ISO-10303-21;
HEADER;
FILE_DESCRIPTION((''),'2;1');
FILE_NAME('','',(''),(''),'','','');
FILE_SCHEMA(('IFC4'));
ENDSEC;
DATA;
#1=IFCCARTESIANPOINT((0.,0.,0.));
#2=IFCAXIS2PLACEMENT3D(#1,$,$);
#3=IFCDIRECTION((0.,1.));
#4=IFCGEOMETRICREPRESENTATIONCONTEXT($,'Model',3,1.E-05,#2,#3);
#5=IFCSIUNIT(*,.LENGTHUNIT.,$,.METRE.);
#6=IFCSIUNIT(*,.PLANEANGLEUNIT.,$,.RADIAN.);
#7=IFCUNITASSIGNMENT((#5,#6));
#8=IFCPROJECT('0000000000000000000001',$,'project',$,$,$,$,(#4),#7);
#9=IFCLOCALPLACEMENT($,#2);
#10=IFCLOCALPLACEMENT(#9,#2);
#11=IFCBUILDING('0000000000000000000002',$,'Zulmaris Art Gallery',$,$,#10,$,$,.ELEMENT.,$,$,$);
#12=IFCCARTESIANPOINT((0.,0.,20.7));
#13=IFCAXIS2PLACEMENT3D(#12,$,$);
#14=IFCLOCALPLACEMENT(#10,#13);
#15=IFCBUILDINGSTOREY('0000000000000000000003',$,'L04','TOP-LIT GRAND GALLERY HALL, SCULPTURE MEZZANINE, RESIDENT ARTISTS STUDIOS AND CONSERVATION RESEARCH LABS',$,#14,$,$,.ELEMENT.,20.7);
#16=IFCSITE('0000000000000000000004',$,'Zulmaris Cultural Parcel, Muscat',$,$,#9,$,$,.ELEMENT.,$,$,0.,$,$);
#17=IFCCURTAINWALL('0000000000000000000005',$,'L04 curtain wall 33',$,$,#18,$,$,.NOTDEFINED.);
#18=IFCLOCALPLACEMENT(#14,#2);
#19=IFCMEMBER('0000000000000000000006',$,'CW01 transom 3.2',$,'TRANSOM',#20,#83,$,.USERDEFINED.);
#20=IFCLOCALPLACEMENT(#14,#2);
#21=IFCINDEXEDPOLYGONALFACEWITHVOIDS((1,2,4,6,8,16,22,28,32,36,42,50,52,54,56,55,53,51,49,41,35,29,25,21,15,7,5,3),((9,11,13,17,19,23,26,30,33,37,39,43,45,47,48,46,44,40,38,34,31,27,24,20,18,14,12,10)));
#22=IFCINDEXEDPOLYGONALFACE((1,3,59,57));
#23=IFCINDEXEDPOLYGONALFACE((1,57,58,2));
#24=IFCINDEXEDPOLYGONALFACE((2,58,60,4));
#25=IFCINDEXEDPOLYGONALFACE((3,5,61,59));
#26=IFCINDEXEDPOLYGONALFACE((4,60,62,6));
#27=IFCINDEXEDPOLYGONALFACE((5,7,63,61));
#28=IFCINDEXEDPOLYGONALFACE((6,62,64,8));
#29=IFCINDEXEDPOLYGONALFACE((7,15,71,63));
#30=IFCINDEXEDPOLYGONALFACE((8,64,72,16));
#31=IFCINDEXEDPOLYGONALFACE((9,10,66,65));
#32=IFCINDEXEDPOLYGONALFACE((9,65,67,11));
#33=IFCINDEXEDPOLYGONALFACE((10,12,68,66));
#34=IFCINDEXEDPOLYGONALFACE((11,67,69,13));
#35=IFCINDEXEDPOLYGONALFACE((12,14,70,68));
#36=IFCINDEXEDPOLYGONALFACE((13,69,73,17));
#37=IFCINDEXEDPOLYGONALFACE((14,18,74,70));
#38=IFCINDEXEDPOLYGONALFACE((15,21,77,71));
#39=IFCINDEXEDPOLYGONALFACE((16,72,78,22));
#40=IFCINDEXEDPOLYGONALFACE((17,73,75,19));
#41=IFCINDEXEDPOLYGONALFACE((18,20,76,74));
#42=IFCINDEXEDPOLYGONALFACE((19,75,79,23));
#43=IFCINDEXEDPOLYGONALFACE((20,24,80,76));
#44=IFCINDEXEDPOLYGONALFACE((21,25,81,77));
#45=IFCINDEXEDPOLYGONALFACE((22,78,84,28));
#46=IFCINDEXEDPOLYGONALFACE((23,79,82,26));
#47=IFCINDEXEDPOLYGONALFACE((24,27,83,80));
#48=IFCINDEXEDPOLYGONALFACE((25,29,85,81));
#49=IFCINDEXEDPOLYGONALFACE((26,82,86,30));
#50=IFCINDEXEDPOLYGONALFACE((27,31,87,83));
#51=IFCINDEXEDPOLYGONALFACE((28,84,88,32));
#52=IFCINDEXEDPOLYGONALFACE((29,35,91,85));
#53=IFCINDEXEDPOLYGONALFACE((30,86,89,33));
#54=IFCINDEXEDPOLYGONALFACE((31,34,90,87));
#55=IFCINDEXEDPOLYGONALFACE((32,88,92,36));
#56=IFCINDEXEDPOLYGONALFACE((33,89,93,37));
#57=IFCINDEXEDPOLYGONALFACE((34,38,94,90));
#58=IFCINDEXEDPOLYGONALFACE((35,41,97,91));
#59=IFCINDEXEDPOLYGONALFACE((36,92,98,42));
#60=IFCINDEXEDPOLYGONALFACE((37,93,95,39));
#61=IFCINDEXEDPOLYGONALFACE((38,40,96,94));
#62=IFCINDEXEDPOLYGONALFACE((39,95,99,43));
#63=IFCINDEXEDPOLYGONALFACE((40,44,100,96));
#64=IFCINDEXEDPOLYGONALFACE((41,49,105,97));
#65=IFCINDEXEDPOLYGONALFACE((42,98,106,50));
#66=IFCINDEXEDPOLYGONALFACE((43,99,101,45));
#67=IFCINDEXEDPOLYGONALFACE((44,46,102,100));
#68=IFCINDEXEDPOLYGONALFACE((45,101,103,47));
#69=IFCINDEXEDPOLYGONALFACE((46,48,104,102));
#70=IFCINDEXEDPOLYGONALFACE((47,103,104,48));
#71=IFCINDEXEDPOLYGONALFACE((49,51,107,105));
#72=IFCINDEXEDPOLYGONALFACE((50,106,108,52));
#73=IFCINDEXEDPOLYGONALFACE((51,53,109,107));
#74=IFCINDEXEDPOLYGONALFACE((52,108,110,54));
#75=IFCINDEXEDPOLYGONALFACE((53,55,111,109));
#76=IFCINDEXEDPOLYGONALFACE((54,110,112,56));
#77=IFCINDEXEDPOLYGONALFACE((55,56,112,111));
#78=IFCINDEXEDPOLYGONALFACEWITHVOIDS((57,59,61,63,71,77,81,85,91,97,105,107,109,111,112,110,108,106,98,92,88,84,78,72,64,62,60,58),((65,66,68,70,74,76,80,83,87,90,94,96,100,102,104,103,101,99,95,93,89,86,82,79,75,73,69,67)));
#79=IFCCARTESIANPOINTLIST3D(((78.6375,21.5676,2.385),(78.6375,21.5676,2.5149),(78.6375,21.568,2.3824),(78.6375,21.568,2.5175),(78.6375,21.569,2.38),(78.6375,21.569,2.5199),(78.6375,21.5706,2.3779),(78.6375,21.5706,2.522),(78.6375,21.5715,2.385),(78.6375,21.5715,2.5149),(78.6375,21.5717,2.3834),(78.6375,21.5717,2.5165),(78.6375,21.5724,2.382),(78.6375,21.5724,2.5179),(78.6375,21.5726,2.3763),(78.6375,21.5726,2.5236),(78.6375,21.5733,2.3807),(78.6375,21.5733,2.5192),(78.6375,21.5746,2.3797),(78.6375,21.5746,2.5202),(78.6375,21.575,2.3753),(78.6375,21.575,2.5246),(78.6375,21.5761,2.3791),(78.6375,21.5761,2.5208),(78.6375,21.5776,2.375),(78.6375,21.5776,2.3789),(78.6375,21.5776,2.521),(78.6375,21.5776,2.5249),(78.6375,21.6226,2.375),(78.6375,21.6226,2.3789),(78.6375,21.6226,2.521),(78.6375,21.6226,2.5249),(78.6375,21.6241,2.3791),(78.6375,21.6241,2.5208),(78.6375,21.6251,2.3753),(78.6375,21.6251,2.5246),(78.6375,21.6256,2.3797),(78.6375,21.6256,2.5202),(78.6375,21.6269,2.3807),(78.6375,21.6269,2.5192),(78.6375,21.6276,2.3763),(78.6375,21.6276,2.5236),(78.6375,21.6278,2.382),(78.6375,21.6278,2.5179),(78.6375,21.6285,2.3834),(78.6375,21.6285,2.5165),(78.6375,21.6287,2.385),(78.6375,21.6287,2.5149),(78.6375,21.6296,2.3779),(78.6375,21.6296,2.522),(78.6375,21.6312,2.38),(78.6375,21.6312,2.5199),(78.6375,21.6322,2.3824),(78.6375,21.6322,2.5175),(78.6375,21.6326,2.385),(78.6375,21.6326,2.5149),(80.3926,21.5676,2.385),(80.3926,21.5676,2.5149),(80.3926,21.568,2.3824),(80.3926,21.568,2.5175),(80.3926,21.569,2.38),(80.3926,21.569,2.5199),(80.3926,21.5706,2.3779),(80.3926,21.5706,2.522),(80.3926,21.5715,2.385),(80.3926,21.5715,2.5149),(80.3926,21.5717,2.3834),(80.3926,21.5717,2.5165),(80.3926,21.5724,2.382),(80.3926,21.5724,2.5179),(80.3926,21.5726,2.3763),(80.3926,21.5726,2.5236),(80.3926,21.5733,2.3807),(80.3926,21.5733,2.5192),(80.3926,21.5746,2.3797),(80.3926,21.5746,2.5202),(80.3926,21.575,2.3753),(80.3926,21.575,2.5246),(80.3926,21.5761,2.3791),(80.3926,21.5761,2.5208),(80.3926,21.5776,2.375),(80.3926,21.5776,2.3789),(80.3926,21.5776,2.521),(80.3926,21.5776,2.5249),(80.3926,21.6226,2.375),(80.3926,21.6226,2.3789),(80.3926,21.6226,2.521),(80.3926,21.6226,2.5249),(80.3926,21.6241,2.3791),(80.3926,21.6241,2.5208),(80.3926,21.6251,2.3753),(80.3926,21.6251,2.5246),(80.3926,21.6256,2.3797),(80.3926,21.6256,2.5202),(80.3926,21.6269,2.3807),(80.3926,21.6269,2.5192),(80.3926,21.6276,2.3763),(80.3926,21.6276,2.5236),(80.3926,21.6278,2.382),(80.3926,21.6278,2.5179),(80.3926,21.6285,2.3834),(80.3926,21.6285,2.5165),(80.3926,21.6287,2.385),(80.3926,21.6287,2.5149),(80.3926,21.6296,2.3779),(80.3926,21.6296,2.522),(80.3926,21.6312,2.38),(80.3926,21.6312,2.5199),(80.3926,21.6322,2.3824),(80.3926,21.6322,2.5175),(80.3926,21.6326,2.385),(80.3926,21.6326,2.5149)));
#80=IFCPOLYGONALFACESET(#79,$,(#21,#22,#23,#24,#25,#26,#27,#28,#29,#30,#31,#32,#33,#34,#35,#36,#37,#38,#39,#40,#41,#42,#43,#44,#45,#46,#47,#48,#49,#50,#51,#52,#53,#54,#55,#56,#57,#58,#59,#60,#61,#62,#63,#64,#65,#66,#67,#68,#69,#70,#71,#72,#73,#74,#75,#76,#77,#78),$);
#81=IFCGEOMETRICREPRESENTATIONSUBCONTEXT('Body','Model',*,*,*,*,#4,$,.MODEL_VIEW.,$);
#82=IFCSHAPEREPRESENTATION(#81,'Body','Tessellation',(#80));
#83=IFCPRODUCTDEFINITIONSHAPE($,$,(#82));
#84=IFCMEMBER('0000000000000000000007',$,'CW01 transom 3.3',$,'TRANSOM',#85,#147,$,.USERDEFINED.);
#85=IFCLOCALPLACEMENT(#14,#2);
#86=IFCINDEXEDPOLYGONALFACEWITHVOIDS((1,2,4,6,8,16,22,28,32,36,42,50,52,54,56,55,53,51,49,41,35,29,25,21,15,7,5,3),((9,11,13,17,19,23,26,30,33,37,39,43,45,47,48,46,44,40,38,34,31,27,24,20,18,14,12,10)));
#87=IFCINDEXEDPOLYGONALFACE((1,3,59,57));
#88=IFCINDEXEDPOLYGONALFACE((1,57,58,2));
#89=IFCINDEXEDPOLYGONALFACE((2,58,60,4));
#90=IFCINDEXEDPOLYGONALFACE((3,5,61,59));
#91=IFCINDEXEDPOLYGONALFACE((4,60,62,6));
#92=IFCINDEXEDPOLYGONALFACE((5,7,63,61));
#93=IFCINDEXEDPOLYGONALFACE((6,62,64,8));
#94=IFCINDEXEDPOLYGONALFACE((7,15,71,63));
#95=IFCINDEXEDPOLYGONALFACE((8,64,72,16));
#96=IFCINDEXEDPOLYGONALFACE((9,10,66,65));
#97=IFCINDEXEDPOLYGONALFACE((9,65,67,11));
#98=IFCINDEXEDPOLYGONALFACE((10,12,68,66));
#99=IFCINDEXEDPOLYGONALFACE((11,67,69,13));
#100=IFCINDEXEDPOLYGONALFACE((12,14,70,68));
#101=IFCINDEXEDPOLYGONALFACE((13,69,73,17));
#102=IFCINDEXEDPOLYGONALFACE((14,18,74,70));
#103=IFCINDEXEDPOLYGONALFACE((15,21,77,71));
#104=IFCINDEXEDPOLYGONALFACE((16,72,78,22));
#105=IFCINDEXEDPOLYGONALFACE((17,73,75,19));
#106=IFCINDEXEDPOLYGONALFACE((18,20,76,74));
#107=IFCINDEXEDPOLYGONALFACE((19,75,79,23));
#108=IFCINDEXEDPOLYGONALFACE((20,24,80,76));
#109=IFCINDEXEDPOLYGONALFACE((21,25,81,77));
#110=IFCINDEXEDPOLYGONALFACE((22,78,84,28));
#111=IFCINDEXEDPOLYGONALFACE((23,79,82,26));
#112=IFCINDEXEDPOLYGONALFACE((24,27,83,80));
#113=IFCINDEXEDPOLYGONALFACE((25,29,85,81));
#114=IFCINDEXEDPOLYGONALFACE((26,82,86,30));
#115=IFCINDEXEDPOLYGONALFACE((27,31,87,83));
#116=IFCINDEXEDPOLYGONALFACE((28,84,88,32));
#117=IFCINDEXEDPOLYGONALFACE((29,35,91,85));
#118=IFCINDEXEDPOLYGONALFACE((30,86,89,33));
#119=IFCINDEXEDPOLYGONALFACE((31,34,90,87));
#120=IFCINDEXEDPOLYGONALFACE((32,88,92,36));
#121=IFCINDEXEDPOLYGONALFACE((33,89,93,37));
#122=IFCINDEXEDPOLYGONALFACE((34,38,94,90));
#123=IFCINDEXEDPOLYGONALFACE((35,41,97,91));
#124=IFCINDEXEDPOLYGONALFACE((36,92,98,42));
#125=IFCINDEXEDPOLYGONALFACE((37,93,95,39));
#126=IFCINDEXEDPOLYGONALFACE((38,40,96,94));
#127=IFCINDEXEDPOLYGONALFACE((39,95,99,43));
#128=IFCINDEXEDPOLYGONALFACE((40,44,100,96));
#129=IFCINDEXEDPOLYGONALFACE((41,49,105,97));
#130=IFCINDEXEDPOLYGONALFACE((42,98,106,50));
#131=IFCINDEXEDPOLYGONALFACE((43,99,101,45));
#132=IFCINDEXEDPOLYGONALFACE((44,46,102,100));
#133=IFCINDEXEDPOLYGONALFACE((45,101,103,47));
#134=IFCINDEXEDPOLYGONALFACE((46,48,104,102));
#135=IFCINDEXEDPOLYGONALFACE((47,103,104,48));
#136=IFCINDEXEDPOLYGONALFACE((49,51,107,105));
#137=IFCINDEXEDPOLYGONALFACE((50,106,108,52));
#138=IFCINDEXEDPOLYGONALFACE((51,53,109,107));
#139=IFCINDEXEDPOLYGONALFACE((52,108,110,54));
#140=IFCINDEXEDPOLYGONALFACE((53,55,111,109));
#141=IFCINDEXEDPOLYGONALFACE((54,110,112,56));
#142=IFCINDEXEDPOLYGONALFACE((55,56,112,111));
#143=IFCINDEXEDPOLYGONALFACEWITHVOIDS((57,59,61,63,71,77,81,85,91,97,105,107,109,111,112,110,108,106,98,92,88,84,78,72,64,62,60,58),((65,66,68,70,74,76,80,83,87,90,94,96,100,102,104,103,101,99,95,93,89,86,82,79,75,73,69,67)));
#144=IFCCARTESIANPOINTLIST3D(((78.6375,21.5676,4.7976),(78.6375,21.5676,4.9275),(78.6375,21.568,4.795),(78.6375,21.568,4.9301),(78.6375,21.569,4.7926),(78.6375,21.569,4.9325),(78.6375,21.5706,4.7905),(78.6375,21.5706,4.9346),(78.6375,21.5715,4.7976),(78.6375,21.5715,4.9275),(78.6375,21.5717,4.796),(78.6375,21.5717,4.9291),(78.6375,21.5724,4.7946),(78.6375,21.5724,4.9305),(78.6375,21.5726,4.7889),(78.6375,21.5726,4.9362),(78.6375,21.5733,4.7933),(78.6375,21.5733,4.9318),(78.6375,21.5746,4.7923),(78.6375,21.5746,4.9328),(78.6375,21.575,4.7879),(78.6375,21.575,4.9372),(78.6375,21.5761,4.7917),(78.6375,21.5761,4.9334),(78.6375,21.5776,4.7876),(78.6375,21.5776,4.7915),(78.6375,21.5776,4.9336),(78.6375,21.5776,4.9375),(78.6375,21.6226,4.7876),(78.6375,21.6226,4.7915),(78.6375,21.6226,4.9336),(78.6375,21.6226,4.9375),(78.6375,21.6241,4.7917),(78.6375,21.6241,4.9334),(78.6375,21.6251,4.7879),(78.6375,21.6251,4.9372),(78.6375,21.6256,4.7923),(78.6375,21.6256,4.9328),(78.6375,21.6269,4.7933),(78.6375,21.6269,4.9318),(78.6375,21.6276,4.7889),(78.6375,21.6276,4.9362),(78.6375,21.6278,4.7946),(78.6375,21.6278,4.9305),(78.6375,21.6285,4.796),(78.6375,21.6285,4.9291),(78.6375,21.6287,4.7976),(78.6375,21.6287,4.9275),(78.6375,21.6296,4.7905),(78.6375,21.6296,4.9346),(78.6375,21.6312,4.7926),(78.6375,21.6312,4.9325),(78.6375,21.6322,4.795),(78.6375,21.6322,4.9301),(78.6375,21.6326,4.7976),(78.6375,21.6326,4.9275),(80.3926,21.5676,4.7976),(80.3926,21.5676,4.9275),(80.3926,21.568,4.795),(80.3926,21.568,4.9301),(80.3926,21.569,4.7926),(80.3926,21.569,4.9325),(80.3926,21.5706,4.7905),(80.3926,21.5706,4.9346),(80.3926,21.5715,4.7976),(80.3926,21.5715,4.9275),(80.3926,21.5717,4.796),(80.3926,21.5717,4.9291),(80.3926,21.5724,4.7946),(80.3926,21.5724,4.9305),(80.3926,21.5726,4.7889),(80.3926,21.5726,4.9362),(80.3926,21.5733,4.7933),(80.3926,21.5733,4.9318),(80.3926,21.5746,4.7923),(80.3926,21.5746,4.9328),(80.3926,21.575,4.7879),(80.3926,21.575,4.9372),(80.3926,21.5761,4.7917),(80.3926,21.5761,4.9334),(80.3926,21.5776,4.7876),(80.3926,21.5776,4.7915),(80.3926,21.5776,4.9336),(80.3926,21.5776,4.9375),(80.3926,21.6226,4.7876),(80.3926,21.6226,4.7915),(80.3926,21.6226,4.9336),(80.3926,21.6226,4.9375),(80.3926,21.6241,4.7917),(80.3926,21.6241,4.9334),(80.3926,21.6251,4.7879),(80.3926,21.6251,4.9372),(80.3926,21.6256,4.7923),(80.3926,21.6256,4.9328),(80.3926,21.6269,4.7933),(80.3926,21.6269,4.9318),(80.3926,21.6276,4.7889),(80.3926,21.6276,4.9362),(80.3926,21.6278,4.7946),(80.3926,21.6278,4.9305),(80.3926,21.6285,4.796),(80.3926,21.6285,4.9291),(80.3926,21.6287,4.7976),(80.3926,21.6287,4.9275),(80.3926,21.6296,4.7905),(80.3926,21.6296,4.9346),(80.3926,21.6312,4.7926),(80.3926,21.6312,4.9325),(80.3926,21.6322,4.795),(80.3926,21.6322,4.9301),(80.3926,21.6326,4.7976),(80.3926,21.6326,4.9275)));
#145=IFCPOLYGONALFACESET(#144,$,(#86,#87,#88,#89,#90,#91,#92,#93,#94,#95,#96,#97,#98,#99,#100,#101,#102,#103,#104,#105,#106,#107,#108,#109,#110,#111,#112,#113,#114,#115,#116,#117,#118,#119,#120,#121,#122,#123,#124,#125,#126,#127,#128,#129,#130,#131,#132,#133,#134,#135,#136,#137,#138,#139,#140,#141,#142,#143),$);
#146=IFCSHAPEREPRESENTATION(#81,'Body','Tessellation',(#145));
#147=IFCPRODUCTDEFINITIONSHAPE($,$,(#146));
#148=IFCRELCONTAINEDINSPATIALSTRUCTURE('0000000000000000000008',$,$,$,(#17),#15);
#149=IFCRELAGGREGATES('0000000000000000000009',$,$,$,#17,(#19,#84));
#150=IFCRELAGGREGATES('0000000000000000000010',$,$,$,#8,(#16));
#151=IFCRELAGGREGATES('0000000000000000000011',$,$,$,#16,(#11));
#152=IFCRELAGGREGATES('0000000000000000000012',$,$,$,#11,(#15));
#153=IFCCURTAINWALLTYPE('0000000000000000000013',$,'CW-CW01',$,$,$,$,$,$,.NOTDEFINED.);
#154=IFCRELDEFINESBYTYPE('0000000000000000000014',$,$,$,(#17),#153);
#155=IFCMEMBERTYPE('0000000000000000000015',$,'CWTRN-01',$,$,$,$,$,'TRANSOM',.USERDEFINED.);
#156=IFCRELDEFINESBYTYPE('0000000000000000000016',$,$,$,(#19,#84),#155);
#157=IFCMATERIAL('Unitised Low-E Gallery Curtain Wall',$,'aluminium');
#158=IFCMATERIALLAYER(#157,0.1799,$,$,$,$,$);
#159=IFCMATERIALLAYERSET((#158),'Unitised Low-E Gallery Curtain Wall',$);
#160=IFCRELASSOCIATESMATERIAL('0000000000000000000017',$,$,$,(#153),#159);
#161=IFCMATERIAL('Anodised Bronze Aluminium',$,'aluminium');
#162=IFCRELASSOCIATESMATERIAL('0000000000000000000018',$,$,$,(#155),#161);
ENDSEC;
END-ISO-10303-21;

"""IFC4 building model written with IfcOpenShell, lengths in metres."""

from ifc_helpers import new_model, si_unit, direction, frame, origin, origin_2d, place, context, subcontext, project, spatial, hollow_rectangle, extrude, material, layer, layer_set, material_profile, profile_set, type_object, element, aggregate, save


model = new_model("IFC4")

# Units and contexts
model_context = context("Model", 3, precision=1e-05, world=origin(), true_north=direction((0.0, 1.0)))
body_context = subcontext(model_context, "Body", "Model", "MODEL_VIEW")
ifc_project = project(units=[si_unit("LENGTHUNIT", "METRE"), si_unit("PLANEANGLEUNIT", "RADIAN")], contexts=[model_context])

# Site, building, storey
site_placement = place(None, origin())
site = spatial("IfcSite", under=ifc_project, at=site_placement, Name="Zulmaris Cultural Parcel, Muscat", CompositionType="ELEMENT", RefElevation=0.0)
building_placement = place(site_placement, origin())
building = spatial("IfcBuilding", under=site, at=building_placement, Name="Zulmaris Art Gallery", CompositionType="ELEMENT")
storey_placement = place(building_placement, frame((0.0, 0.0, 20.7)))
storey = spatial("IfcBuildingStorey", under=building, at=storey_placement, Name="L04", Description="TOP-LIT GRAND GALLERY HALL, SCULPTURE MEZZANINE, RESIDENT ARTISTS STUDIOS AND CONSERVATION RESEARCH LABS", CompositionType="ELEMENT", Elevation=20.7)

# Curtain wall
ifc_material_1 = material(Name="Unitised Low-E Gallery Curtain Wall", Category="aluminium")
ifc_layer_1 = layer(ifc_material_1, 0.1799)
ifc_layer_set_1 = layer_set([ifc_layer_1], Name="Unitised Low-E Gallery Curtain Wall")
curtain_wall_type_1 = type_object("IfcCurtainWallType", Name="CW-CW01", PredefinedType="NOTDEFINED", material=ifc_layer_set_1)
curtain_wall_1_placement = place(storey_placement, origin())
curtain_wall_1 = element("IfcCurtainWall", 1, at=curtain_wall_1_placement, inside=storey, type_object=curtain_wall_type_1, Name="L04 curtain wall 33", PredefinedType="NOTDEFINED")
ifc_material_2 = material(Name="Anodised Bronze Aluminium", Category="aluminium")

# Members
ifc_material_profile_1 = material_profile(ifc_material_2, hollow_rectangle(XDim=0.0649, YDim=0.1499, WallThickness=0.0039, InnerFilletRadius=0.0061, OuterFilletRadius=0.01, at=origin_2d()), Name="ALU 65x150x4")
ifc_profile_set_1 = profile_set([ifc_material_profile_1], Name="Anodised Bronze Aluminium")
member_type_1 = type_object("IfcMemberType", Name="CWTRN-01", ElementType="TRANSOM", PredefinedType="USERDEFINED", material=ifc_profile_set_1)
member_1_placement = place(storey_placement, frame((78.6375, 21.6001, 2.45), z_axis=(1.0, 0.0, 0.0), x_axis=(0.0, 1.0, 0.0)))
member_1 = element("IfcMember", 2, at=member_1_placement, type_object=member_type_1, Name="CW01 transom 3.2", ObjectType="TRANSOM", PredefinedType="USERDEFINED", context=body_context, shape_type="SweptSolid", body=[
    extrude(hollow_rectangle(XDim=0.0649, YDim=0.1499, WallThickness=0.0039, InnerFilletRadius=0.0061, OuterFilletRadius=0.01, at=origin_2d()), origin(), (0.0, 0.0, 1.0), 1.7551),
])
member_2_placement = place(storey_placement, frame((78.6375, 21.6001, 4.8625), z_axis=(1.0, 0.0, 0.0), x_axis=(0.0, 1.0, 0.0)))
member_2 = element("IfcMember", 3, at=member_2_placement, type_object=member_type_1, Name="CW01 transom 3.3", ObjectType="TRANSOM", PredefinedType="USERDEFINED", context=body_context, shape_type="SweptSolid", body=[
    extrude(hollow_rectangle(XDim=0.0649, YDim=0.1499, WallThickness=0.0039, InnerFilletRadius=0.0061, OuterFilletRadius=0.01, at=origin_2d()), origin(), (0.0, 0.0, 1.0), 1.7551),
])

aggregate(curtain_wall_1, [member_1, member_2])

save(model, "model.ifc")
